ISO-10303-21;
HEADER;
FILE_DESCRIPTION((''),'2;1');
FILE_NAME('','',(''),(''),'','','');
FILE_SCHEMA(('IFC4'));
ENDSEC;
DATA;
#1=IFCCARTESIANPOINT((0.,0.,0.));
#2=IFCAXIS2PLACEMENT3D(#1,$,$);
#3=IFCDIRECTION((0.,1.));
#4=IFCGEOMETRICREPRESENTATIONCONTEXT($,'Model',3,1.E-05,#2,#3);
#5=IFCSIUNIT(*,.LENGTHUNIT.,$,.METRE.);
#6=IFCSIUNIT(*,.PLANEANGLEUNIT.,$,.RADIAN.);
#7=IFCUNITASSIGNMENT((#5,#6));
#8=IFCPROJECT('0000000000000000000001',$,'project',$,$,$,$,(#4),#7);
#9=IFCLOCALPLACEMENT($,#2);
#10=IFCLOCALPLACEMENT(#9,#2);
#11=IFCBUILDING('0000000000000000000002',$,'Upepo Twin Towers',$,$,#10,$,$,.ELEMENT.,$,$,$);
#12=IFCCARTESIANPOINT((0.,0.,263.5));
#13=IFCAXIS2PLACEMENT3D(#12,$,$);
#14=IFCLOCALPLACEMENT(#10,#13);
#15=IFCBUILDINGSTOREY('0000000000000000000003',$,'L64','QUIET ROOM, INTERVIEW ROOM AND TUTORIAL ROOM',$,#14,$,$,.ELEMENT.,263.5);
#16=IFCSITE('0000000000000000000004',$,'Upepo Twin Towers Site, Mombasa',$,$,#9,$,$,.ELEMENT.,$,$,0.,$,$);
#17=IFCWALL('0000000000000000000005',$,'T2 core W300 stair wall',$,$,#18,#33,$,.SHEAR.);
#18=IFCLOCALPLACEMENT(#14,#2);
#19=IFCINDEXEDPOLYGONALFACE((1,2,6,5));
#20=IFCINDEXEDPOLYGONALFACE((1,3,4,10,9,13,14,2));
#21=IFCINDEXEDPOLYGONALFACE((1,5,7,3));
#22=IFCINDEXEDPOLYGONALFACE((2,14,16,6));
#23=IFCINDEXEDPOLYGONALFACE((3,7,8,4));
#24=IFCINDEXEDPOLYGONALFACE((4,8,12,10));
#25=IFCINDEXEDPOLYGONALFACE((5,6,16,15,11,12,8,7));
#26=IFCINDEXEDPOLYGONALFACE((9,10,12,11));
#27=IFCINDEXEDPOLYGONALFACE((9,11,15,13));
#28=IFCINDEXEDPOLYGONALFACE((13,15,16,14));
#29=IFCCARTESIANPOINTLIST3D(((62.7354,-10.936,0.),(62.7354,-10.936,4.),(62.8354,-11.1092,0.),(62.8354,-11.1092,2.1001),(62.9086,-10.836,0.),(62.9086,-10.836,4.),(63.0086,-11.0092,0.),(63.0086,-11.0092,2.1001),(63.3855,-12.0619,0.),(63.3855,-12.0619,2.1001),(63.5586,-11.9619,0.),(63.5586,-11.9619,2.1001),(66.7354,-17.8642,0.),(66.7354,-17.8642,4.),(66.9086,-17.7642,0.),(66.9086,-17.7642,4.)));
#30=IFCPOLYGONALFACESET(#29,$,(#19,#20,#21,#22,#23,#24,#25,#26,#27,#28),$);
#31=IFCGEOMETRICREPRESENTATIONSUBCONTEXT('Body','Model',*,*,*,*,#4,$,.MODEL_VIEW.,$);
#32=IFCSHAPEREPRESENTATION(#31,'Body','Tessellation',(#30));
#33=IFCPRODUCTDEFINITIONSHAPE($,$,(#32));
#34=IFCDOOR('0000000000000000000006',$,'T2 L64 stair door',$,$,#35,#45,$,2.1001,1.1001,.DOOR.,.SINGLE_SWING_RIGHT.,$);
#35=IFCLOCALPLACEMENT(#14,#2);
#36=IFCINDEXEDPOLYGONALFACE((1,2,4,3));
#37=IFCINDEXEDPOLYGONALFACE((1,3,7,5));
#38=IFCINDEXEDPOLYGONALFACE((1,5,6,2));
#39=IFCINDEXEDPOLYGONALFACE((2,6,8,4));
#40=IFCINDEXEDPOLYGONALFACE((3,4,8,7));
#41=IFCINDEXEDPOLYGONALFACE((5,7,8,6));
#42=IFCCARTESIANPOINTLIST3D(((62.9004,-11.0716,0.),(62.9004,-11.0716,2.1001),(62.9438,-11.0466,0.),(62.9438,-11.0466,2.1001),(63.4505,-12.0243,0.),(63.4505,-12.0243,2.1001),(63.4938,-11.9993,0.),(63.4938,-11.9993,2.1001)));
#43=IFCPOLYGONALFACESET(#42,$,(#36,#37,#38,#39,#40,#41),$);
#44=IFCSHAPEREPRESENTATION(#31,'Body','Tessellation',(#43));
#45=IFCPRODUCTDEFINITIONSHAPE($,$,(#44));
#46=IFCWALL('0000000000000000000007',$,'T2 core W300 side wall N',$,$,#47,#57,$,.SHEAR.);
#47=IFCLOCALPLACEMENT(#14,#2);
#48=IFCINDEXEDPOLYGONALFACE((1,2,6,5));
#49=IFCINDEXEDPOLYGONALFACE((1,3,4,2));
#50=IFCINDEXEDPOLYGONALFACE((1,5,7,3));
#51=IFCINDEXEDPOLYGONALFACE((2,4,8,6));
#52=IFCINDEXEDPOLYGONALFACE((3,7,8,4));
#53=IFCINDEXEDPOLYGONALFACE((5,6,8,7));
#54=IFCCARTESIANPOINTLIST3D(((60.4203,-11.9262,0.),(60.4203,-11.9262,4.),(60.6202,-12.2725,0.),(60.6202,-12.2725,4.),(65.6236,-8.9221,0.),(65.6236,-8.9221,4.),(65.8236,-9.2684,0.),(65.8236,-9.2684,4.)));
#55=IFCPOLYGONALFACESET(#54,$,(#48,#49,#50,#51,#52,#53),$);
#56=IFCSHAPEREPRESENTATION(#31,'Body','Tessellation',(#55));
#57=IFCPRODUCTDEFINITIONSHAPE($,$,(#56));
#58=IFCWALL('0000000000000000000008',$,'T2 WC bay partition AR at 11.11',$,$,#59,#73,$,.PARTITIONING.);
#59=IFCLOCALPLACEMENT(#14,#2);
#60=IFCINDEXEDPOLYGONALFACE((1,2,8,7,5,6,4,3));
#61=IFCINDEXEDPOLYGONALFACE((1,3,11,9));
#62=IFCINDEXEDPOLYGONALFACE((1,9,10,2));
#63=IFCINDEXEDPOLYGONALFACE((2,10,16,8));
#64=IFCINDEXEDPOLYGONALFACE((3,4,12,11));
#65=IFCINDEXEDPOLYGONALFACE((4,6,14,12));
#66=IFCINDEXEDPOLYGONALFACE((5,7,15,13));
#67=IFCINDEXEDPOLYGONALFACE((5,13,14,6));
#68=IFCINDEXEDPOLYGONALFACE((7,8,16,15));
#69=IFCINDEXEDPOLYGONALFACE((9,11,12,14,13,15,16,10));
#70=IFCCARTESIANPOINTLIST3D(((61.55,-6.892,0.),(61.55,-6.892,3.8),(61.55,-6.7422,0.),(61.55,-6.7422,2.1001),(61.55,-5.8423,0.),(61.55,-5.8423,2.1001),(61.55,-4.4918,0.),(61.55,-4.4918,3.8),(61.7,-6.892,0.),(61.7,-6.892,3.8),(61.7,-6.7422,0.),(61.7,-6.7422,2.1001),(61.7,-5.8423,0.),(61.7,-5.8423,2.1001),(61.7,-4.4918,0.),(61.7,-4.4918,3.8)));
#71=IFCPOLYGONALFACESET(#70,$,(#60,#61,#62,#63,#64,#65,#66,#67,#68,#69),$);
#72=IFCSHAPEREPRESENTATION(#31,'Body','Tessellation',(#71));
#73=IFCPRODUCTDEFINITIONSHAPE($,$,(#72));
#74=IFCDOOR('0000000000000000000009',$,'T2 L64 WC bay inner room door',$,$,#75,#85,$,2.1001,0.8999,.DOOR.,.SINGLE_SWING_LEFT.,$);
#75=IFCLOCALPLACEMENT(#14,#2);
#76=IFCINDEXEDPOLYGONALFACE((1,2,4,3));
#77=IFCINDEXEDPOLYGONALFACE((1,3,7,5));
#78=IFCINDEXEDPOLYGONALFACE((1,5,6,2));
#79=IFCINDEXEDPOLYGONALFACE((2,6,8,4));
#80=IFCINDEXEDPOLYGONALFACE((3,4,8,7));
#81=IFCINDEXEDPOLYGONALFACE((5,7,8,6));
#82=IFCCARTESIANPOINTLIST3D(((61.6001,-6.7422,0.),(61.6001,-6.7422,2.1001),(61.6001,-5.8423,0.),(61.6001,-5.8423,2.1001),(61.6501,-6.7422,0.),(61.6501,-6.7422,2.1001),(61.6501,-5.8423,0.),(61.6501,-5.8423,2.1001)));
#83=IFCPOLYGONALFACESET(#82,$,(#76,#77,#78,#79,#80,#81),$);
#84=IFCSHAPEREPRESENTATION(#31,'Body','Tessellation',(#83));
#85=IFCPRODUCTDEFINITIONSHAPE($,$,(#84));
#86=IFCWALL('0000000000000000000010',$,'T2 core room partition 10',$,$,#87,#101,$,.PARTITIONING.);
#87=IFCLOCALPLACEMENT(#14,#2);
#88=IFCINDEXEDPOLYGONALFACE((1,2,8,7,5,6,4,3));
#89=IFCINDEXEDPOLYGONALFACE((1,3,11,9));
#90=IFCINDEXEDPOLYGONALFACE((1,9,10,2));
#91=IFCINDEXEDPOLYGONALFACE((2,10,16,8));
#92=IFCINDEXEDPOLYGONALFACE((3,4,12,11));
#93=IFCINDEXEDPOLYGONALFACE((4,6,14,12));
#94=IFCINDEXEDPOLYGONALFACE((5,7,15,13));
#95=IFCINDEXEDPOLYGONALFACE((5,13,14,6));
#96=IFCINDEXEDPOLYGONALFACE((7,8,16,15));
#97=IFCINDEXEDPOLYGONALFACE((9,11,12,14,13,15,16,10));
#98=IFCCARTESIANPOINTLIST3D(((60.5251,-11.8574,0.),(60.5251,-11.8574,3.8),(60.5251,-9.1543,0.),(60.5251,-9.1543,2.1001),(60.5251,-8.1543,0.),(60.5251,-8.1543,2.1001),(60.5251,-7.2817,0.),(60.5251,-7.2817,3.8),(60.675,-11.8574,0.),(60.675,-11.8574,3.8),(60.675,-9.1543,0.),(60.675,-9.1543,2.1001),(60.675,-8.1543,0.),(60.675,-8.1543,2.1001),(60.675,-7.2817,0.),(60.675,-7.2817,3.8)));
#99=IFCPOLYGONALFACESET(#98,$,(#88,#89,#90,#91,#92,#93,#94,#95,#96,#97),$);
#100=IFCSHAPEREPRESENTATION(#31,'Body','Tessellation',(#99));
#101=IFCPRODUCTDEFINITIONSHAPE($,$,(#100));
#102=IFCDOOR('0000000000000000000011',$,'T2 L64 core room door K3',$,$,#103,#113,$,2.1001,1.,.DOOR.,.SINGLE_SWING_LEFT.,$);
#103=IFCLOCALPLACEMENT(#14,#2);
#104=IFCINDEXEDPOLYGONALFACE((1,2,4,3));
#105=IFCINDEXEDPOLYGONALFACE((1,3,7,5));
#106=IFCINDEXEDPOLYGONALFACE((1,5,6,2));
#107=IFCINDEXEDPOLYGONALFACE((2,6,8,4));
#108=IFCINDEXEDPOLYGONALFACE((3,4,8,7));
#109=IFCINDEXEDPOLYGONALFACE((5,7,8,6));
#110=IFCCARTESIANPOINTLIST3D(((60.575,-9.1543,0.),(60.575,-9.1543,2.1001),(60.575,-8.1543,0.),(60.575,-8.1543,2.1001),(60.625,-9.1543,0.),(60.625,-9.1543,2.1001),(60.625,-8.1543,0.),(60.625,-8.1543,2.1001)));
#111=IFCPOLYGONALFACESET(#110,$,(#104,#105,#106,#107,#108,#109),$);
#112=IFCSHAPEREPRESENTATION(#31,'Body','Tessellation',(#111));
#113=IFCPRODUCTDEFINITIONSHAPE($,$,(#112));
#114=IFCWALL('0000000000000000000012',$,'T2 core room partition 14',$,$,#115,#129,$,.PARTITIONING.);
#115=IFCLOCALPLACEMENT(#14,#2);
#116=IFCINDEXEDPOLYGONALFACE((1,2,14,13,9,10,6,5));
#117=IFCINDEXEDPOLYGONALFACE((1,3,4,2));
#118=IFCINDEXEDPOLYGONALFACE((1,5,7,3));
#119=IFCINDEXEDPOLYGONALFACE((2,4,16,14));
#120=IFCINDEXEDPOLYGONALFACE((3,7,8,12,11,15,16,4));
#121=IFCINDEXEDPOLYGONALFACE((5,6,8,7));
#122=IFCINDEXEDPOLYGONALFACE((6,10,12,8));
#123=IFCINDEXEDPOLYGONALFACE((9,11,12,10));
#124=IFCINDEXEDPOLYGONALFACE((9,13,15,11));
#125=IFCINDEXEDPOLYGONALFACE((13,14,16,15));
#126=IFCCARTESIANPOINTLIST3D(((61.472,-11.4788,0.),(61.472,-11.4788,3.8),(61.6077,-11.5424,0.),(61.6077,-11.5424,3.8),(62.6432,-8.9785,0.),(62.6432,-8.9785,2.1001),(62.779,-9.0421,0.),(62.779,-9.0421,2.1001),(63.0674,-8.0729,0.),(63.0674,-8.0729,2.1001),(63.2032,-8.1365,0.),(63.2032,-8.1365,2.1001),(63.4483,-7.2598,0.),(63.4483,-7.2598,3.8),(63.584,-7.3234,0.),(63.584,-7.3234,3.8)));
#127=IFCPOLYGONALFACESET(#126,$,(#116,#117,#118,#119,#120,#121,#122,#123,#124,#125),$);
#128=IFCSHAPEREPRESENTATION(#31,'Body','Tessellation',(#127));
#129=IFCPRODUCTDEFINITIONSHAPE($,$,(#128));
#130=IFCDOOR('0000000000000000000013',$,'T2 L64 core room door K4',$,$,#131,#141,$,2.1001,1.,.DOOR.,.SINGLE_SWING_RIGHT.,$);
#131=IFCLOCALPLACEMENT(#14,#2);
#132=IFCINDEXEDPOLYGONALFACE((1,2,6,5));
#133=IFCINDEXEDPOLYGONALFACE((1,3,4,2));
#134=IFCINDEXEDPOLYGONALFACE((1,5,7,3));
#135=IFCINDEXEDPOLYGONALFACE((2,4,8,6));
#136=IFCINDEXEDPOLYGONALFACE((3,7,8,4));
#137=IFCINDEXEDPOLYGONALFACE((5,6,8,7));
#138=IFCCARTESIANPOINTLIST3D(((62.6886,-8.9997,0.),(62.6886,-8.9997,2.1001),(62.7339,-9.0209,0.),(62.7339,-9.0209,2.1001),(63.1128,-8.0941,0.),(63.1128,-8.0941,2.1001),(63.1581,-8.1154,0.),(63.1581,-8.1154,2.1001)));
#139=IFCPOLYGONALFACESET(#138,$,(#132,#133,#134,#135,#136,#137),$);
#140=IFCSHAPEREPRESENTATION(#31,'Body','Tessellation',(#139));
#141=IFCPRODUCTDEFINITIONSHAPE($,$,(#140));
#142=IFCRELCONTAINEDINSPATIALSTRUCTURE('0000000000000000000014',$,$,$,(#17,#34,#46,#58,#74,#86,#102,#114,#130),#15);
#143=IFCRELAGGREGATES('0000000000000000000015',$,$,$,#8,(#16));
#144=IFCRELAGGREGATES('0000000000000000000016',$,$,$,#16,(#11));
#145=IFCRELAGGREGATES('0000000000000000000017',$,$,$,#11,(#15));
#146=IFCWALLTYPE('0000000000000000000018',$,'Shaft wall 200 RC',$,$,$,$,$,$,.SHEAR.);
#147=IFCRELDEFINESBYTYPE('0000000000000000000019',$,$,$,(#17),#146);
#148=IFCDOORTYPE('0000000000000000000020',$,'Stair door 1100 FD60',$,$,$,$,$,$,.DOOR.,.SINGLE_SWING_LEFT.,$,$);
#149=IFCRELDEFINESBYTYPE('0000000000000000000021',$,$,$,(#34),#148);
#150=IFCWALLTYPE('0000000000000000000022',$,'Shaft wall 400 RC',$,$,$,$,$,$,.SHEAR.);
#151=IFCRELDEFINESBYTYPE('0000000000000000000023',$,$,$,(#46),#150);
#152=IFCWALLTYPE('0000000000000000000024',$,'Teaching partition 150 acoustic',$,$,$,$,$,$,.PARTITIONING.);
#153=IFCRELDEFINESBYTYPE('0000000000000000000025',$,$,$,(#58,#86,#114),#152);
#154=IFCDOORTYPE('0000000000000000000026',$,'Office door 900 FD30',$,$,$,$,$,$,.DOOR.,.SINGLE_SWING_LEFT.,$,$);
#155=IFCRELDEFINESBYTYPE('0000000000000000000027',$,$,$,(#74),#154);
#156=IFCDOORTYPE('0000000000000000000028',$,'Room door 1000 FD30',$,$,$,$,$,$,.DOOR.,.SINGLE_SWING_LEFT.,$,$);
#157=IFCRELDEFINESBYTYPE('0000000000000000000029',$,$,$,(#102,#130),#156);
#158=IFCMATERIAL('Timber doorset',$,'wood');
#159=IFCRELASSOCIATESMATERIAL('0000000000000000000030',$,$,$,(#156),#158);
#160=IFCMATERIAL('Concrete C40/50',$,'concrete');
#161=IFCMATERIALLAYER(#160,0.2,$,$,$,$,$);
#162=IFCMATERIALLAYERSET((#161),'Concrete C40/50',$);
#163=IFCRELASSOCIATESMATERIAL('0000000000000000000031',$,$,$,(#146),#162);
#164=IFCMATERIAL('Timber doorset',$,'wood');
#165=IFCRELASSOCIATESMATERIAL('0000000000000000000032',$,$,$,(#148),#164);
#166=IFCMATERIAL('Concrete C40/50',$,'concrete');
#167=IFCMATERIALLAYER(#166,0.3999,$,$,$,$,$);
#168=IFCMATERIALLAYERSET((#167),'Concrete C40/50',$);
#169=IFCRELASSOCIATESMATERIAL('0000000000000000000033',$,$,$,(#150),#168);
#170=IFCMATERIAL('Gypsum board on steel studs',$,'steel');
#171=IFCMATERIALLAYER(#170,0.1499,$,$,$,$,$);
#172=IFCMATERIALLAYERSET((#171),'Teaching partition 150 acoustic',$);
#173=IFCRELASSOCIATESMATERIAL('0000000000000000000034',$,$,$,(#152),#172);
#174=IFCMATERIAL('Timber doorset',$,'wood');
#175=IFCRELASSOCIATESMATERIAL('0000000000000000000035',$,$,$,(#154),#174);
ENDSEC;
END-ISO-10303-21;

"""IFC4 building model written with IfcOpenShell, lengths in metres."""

from ifc_helpers import new_model, si_unit, direction, frame, frame_2d, origin, place, context, subcontext, project, spatial, rectangle, extrude, material, layer, layer_set, type_object, element, fill, save


model = new_model("IFC4")

# Units and contexts
model_context = context("Model", 3, precision=1e-05, world=origin(), true_north=direction((0.0, 1.0)))
body_context = subcontext(model_context, "Body", "Model", "MODEL_VIEW")
ifc_project = project(units=[si_unit("LENGTHUNIT", "METRE"), si_unit("PLANEANGLEUNIT", "RADIAN")], contexts=[model_context])

# Site, building, storey
site_placement = place(None, origin())
site = spatial("IfcSite", under=ifc_project, at=site_placement, Name="Upepo Twin Towers Site, Mombasa", CompositionType="ELEMENT", RefElevation=0.0)
building_placement = place(site_placement, origin())
building = spatial("IfcBuilding", under=site, at=building_placement, Name="Upepo Twin Towers", CompositionType="ELEMENT")
storey_placement = place(building_placement, frame((0.0, 0.0, 263.5)))
storey = spatial("IfcBuildingStorey", under=building, at=storey_placement, Name="L64", Description="QUIET ROOM, INTERVIEW ROOM AND TUTORIAL ROOM", CompositionType="ELEMENT", Elevation=263.5)

# Shared definitions
ifc_material_1 = material(Name="Timber doorset", Category="wood")
door_type_1 = type_object("IfcDoorType", Name="Room door 1000 FD30", OperationType="SINGLE_SWING_LEFT", PredefinedType="DOOR", material=ifc_material_1)

# Shared definitions
ifc_material_2 = material(Name="Concrete C40/50", Category="concrete")
ifc_layer_1 = layer(ifc_material_2, 0.2)
ifc_layer_set_1 = layer_set([ifc_layer_1], Name="Concrete C40/50")
wall_type_1 = type_object("IfcWallType", Name="Shaft wall 200 RC", PredefinedType="SHEAR", material=ifc_layer_set_1)

# Wall, opening, door
wall_1_placement = place(storey_placement, frame((66.822, -17.8142, 0.0), z_axis=(0.0, 0.0, 1.0), x_axis=(-0.499999, 0.866026, 0.0)))
wall_1 = element("IfcWall", 1, at=wall_1_placement, inside=storey, type_object=wall_type_1, Name="T2 core W300 stair wall", PredefinedType="SHEAR", context=body_context, shape_type="SweptSolid", body=[
    extrude(rectangle(XDim=8.0, YDim=0.2, at=frame_2d((4.0, 0.0))), origin(), (0.0, 0.0, 1.0), 4.0),
])
opening_1_placement = place(wall_1_placement, frame((6.7, 0.0, 0.0)))
opening_1 = element("IfcOpeningElement", 2, at=opening_1_placement, cuts=wall_1, PredefinedType="OPENING", context=body_context, shape_type="SweptSolid", body=[
    extrude(rectangle(XDim=1.1001, YDim=2.1001, at=frame_2d((0.55, 1.05))), frame((0.0, 0.1099, 0.0), z_axis=(0.0, -1.0, 0.0), x_axis=(1.0, 0.0, 0.0)), (0.0, 0.0, 1.0), 0.22),
])
ifc_material_3 = material(Name="Timber doorset", Category="wood")
door_type_2 = type_object("IfcDoorType", Name="Stair door 1100 FD60", OperationType="SINGLE_SWING_LEFT", PredefinedType="DOOR", material=ifc_material_3)
door_1_placement = place(opening_1_placement, origin())
door_1 = element("IfcDoor", 3, at=door_1_placement, inside=storey, type_object=door_type_2, Name="T2 L64 stair door", OperationType="SINGLE_SWING_RIGHT", OverallHeight=2.1001, OverallWidth=1.1001, PredefinedType="DOOR", context=body_context, shape_type="SweptSolid", body=[
    extrude(rectangle(XDim=1.1001, YDim=2.1001, at=frame_2d((0.55, 1.05))), frame((0.0, 0.0249, 0.0), z_axis=(0.0, -1.0, 0.0), x_axis=(1.0, 0.0, 0.0)), (0.0, 0.0, 1.0), 0.05),
])
fill(opening_1, door_1)

# Wall
ifc_material_4 = material(Name="Concrete C40/50", Category="concrete")
ifc_layer_2 = layer(ifc_material_4, 0.3999)
ifc_layer_set_2 = layer_set([ifc_layer_2], Name="Concrete C40/50")
wall_type_2 = type_object("IfcWallType", Name="Shaft wall 400 RC", PredefinedType="SHEAR", material=ifc_layer_set_2)
wall_2_placement = place(storey_placement, frame((60.5203, -12.0994, 0.0), z_axis=(0.0, 0.0, 1.0), x_axis=(0.866027, 0.499998, 0.0)))
element("IfcWall", 4, at=wall_2_placement, inside=storey, type_object=wall_type_2, Name="T2 core W300 side wall N", PredefinedType="SHEAR", context=body_context, shape_type="SweptSolid", body=[
    extrude(rectangle(XDim=6.0083, YDim=0.3999, at=frame_2d((3.0042, 0.0))), origin(), (0.0, 0.0, 1.0), 4.0),
])

# Walls, openings, doors
ifc_material_5 = material(Name="Gypsum board on steel studs", Category="steel")
ifc_layer_3 = layer(ifc_material_5, 0.1499)
ifc_layer_set_3 = layer_set([ifc_layer_3], Name="Teaching partition 150 acoustic")
wall_type_3 = type_object("IfcWallType", Name="Teaching partition 150 acoustic", PredefinedType="PARTITIONING", material=ifc_layer_set_3)
wall_3_placement = place(storey_placement, frame((61.625, -6.8921, 0.0), z_axis=(0.0, 0.0, 1.0), x_axis=(0.0, 1.0, 0.0)))
wall_3 = element("IfcWall", 5, at=wall_3_placement, inside=storey, type_object=wall_type_3, Name="T2 WC bay partition AR at 11.11", PredefinedType="PARTITIONING", context=body_context, shape_type="SweptSolid", body=[
    extrude(rectangle(XDim=2.4001, YDim=0.1499, at=frame_2d((1.2002, 0.0))), origin(), (0.0, 0.0, 1.0), 3.8),
])
opening_2_placement = place(wall_3_placement, frame((0.1499, 0.0, 0.0)))
opening_2 = element("IfcOpeningElement", 6, at=opening_2_placement, cuts=wall_3, PredefinedType="OPENING", context=body_context, shape_type="SweptSolid", body=[
    extrude(rectangle(XDim=0.8999, YDim=2.1001, at=frame_2d((0.45, 1.05))), frame((0.0, 0.085, 0.0), z_axis=(0.0, -1.0, 0.0), x_axis=(1.0, 0.0, 0.0)), (0.0, 0.0, 1.0), 0.1699),
])
ifc_material_6 = material(Name="Timber doorset", Category="wood")
door_type_3 = type_object("IfcDoorType", Name="Office door 900 FD30", OperationType="SINGLE_SWING_LEFT", PredefinedType="DOOR", material=ifc_material_6)
door_2_placement = place(opening_2_placement, origin())
door_2 = element("IfcDoor", 7, at=door_2_placement, inside=storey, type_object=door_type_3, Name="T2 L64 WC bay inner room door", OperationType="SINGLE_SWING_LEFT", OverallHeight=2.1001, OverallWidth=0.8999, PredefinedType="DOOR", context=body_context, shape_type="SweptSolid", body=[
    extrude(rectangle(XDim=0.8999, YDim=2.1001, at=frame_2d((0.45, 1.05))), frame((0.0, 0.0249, 0.0), z_axis=(0.0, -1.0, 0.0), x_axis=(1.0, 0.0, 0.0)), (0.0, 0.0, 1.0), 0.05),
])
fill(opening_2, door_2)
wall_4_placement = place(storey_placement, frame((60.6001, -7.2817, 0.0), z_axis=(0.0, 0.0, 1.0), x_axis=(0.0, -1.0, 0.0)))
wall_4 = element("IfcWall", 8, at=wall_4_placement, inside=storey, type_object=wall_type_3, Name="T2 core room partition 10", PredefinedType="PARTITIONING", context=body_context, shape_type="SweptSolid", body=[
    extrude(rectangle(XDim=4.5757, YDim=0.1499, at=frame_2d((2.2878, 0.0))), origin(), (0.0, 0.0, 1.0), 3.8),
])
opening_3_placement = place(wall_4_placement, frame((0.8726, 0.0, 0.0)))
opening_3 = element("IfcOpeningElement", 9, at=opening_3_placement, cuts=wall_4, PredefinedType="OPENING", context=body_context, shape_type="SweptSolid", body=[
    extrude(rectangle(XDim=1.0, YDim=2.1001, at=frame_2d((0.5, 1.05))), frame((0.0, 0.085, 0.0), z_axis=(0.0, -1.0, 0.0), x_axis=(1.0, 0.0, 0.0)), (0.0, 0.0, 1.0), 0.1699),
])
door_3_placement = place(opening_3_placement, origin())
door_3 = element("IfcDoor", 10, at=door_3_placement, inside=storey, type_object=door_type_1, Name="T2 L64 core room door K3", OperationType="SINGLE_SWING_LEFT", OverallHeight=2.1001, OverallWidth=1.0, PredefinedType="DOOR", context=body_context, shape_type="SweptSolid", body=[
    extrude(rectangle(XDim=1.0, YDim=2.1001, at=frame_2d((0.5, 1.05))), frame((0.0, 0.0249, 0.0), z_axis=(0.0, -1.0, 0.0), x_axis=(1.0, 0.0, 0.0)), (0.0, 0.0, 1.0), 0.05),
])
fill(opening_3, door_3)
wall_5_placement = place(storey_placement, frame((61.5398, -11.5107, 0.0), z_axis=(0.0, 0.0, 1.0), x_axis=(0.424199, 0.905569, 0.0)))
wall_5 = element("IfcWall", 11, at=wall_5_placement, inside=storey, type_object=wall_type_3, Name="T2 core room partition 14", PredefinedType="PARTITIONING", context=body_context, shape_type="SweptSolid", body=[
    extrude(rectangle(XDim=4.6589, YDim=0.1499, at=frame_2d((2.3296, 0.0))), origin(), (0.0, 0.0, 1.0), 3.8),
])
opening_4_placement = place(wall_5_placement, frame((2.7612, 0.0, 0.0)))
opening_4 = element("IfcOpeningElement", 12, at=opening_4_placement, cuts=wall_5, PredefinedType="OPENING", context=body_context, shape_type="SweptSolid", body=[
    extrude(rectangle(XDim=1.0, YDim=2.1001, at=frame_2d((0.5, 1.05))), frame((0.0, 0.085, 0.0), z_axis=(0.0, -1.0, 0.0), x_axis=(1.0, 0.0, 0.0)), (0.0, 0.0, 1.0), 0.1699),
])
door_4_placement = place(opening_4_placement, origin())
door_4 = element("IfcDoor", 13, at=door_4_placement, inside=storey, type_object=door_type_1, Name="T2 L64 core room door K4", OperationType="SINGLE_SWING_RIGHT", OverallHeight=2.1001, OverallWidth=1.0, PredefinedType="DOOR", context=body_context, shape_type="SweptSolid", body=[
    extrude(rectangle(XDim=1.0, YDim=2.1001, at=frame_2d((0.5, 1.05))), frame((0.0, 0.0249, 0.0), z_axis=(0.0, -1.0, 0.0), x_axis=(1.0, 0.0, 0.0)), (0.0, 0.0, 1.0), 0.05),
])
fill(opening_4, door_4)

save(model, "model.ifc")
